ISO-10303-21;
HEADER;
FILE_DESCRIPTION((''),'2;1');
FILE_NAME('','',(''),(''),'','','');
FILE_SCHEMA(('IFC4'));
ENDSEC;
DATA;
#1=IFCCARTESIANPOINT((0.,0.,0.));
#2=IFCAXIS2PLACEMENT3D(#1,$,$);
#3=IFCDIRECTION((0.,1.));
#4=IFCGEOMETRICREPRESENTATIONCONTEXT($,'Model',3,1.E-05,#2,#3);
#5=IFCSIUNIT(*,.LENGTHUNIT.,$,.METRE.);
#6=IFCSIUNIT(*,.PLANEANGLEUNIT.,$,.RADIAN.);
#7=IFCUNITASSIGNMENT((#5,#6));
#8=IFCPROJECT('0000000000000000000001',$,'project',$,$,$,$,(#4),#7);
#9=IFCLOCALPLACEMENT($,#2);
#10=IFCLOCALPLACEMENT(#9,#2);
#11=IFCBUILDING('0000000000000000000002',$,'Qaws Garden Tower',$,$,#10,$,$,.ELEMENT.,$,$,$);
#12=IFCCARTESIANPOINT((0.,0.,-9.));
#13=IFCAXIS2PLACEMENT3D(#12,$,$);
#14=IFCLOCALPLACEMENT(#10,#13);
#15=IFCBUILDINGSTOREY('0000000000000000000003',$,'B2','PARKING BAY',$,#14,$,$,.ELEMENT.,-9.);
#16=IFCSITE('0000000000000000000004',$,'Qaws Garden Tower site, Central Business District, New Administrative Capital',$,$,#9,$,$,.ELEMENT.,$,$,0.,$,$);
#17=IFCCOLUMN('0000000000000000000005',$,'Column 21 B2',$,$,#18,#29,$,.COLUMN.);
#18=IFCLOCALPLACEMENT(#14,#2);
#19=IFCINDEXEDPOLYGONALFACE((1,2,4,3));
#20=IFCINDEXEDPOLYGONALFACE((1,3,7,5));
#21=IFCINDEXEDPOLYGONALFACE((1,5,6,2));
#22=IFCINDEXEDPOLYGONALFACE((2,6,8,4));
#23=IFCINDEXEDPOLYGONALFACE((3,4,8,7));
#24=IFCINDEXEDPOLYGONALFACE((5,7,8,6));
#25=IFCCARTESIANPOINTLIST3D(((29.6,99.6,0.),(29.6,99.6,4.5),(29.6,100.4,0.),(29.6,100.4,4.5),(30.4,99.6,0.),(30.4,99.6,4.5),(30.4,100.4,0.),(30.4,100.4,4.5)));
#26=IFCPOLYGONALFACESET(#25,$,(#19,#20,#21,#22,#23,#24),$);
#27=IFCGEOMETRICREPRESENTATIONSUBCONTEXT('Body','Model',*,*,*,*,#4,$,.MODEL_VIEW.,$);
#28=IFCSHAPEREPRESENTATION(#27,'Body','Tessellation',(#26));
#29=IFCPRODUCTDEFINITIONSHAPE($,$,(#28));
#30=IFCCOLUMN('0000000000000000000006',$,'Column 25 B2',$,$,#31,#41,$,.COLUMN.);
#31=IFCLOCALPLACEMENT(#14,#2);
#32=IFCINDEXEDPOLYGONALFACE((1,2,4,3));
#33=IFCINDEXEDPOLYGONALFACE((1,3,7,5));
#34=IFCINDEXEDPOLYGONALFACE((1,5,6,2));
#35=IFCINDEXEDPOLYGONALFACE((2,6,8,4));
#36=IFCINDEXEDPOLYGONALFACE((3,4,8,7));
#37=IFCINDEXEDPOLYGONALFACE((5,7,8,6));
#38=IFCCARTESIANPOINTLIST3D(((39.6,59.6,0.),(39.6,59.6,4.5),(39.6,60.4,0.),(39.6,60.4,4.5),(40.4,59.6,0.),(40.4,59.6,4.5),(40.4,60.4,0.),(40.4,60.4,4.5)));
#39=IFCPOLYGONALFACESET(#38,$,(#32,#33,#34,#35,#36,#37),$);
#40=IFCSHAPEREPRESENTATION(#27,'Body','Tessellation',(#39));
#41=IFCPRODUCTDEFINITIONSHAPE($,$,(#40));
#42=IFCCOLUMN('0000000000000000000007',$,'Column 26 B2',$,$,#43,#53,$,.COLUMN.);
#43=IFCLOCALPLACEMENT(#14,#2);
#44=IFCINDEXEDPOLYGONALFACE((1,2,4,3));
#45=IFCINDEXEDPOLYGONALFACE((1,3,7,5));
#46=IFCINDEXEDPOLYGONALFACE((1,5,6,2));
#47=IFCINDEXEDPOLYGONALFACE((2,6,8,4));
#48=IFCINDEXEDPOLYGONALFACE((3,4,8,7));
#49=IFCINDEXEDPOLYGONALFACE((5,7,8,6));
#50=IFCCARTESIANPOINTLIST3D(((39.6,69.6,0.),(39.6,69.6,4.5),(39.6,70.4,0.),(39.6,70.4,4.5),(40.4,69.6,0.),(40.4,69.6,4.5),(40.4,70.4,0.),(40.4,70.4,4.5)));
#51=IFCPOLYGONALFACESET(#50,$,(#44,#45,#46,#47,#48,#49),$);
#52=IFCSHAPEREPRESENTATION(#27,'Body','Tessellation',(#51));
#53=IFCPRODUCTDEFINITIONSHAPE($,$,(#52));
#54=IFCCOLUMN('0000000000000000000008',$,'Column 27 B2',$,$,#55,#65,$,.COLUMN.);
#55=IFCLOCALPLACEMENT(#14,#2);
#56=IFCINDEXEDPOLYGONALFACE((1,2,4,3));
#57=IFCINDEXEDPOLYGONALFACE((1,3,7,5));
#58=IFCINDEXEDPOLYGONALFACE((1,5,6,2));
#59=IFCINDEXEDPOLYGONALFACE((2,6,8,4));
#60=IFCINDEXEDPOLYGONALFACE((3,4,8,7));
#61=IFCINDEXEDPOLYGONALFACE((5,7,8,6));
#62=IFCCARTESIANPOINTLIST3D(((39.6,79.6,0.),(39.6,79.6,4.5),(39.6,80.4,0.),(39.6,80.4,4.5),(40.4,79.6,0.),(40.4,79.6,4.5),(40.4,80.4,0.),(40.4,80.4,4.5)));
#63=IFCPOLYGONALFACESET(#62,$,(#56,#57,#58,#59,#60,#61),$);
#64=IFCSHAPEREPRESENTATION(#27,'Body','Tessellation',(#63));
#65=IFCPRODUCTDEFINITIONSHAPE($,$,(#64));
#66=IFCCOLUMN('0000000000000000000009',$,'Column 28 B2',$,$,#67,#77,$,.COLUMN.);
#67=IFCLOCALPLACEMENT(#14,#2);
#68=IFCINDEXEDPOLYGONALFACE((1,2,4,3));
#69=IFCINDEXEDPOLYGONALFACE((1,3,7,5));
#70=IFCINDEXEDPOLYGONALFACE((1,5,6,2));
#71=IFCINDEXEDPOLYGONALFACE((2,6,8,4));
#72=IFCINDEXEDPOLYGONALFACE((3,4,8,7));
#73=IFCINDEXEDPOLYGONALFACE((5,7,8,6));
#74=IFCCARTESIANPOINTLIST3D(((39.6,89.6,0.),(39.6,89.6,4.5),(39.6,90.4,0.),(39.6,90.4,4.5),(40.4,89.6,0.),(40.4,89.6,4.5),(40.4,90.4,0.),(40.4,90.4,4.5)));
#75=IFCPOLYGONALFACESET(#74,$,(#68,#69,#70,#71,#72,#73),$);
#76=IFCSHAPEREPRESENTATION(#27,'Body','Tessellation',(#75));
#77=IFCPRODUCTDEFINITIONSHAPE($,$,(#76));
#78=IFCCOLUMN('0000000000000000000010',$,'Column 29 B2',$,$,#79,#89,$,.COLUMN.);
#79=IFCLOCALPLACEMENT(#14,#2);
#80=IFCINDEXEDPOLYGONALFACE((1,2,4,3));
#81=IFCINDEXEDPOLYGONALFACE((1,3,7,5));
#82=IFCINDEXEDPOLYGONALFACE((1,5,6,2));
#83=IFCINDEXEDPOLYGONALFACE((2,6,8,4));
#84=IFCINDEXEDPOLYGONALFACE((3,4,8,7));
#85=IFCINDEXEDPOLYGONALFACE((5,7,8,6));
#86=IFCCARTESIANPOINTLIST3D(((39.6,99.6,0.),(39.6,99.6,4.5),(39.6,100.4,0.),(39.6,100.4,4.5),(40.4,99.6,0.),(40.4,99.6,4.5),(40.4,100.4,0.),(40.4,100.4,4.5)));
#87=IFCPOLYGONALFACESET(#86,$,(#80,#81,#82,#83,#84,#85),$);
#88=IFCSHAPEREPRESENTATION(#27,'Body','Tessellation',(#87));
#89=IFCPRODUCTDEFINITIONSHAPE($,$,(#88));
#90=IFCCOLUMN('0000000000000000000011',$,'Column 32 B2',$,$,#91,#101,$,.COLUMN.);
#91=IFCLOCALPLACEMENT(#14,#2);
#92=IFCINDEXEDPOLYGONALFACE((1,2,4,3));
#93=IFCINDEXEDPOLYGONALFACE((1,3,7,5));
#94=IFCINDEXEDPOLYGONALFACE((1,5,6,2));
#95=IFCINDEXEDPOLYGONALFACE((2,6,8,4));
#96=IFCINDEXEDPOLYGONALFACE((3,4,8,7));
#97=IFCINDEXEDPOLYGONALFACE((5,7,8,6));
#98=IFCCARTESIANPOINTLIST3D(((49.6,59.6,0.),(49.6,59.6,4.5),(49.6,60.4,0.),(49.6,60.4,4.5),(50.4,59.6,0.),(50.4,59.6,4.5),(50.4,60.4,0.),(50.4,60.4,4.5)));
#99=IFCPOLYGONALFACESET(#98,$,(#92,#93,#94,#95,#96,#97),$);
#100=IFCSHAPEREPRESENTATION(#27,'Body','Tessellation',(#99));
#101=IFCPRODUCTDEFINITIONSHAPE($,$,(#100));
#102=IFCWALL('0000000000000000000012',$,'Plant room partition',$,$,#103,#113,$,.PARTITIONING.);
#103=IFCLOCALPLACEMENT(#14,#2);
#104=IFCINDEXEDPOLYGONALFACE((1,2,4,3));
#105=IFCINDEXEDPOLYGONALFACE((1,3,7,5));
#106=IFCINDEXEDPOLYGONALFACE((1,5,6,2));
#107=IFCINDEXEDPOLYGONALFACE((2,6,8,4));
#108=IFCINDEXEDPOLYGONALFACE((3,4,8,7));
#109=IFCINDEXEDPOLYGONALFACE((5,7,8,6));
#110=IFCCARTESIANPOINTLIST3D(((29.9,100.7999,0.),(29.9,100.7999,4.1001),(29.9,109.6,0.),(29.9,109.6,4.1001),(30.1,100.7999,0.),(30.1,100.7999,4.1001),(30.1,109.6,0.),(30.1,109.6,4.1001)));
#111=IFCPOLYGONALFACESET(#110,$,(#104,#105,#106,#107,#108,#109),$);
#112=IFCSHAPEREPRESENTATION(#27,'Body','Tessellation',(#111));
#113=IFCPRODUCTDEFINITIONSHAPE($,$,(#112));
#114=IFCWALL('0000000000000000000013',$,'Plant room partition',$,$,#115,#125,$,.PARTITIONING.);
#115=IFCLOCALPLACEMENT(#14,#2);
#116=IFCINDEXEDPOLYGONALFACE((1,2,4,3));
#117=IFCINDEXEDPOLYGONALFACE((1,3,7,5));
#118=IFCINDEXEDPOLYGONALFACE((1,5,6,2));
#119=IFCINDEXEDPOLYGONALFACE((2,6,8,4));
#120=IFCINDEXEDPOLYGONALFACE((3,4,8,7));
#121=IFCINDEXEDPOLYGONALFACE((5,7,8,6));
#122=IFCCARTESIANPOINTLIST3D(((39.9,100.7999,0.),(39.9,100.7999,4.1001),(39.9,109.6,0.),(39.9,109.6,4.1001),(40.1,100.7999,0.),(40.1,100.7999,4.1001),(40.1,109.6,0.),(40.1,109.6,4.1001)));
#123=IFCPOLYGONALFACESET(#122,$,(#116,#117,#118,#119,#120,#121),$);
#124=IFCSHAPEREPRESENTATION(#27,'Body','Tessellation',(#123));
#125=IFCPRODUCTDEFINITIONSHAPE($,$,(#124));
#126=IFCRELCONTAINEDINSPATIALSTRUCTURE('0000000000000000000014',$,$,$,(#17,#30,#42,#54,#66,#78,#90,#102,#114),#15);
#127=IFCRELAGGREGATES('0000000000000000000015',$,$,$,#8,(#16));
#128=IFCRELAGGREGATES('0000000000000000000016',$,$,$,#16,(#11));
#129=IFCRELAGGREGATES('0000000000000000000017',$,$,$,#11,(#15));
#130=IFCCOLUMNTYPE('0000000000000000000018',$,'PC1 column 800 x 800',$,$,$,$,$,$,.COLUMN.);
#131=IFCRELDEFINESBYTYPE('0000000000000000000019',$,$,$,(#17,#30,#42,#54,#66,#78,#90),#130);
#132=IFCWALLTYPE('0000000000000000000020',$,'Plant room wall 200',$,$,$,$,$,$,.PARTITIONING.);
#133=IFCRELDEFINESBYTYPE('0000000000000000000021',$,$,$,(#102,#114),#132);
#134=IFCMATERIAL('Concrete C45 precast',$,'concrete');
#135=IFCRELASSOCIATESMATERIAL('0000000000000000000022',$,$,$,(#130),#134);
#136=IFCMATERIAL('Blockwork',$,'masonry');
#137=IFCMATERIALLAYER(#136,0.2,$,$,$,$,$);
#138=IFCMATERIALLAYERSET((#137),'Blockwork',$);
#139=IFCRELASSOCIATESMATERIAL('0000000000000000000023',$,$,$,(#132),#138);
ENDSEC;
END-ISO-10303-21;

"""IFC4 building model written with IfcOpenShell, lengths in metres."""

from ifc_helpers import new_model, si_unit, direction, frame, frame_2d, origin, origin_2d, place, context, subcontext, project, spatial, rectangle, extrude, material, layer, layer_set, material_profile, profile_set, type_object, element, save


model = new_model("IFC4")

# Units and contexts
model_context = context("Model", 3, precision=1e-05, world=origin(), true_north=direction((0.0, 1.0)))
body_context = subcontext(model_context, "Body", "Model", "MODEL_VIEW")
ifc_project = project(units=[si_unit("LENGTHUNIT", "METRE"), si_unit("PLANEANGLEUNIT", "RADIAN")], contexts=[model_context])

# Site, building, storey
site_placement = place(None, origin())
site = spatial("IfcSite", under=ifc_project, at=site_placement, Name="Qaws Garden Tower site, Central Business District, New Administrative Capital", CompositionType="ELEMENT", RefElevation=0.0)
building_placement = place(site_placement, origin())
building = spatial("IfcBuilding", under=site, at=building_placement, Name="Qaws Garden Tower", CompositionType="ELEMENT")
storey_placement = place(building_placement, frame((0.0, 0.0, -9.0)))
storey = spatial("IfcBuildingStorey", under=building, at=storey_placement, Name="B2", Description="PARKING BAY", CompositionType="ELEMENT", Elevation=-9.0)

# Columns
ifc_material_1 = material(Name="Concrete C45 precast", Category="concrete")
ifc_material_profile_1 = material_profile(ifc_material_1, rectangle(XDim=0.8, YDim=0.8, at=origin_2d()), Name="PC1 column 800 x 800")
ifc_profile_set_1 = profile_set([ifc_material_profile_1], Name="Concrete C45 precast")
column_type_1 = type_object("IfcColumnType", Name="PC1 column 800 x 800", PredefinedType="COLUMN", material=ifc_profile_set_1)
for number, where, z_axis, x_axis, name in (
    (1, (30.0, 100.0, 0.0), (0.0, 0.0, 1.0), (1.0, 0.0, 0.0), "Column 21 B2"),
    (2, (40.0, 60.0, 0.0), (0.0, 0.0, 1.0), (1.0, 0.0, 0.0), "Column 25 B2"),
    (3, (40.0, 70.0, 0.0), (0.0, 0.0, 1.0), (1.0, 0.0, 0.0), "Column 26 B2"),
    (4, (40.0, 80.0, 0.0), (0.0, 0.0, 1.0), (1.0, 0.0, 0.0), "Column 27 B2"),
    (5, (40.0, 90.0, 0.0), (0.0, 0.0, 1.0), (1.0, 0.0, 0.0), "Column 28 B2"),
    (6, (40.0, 100.0, 0.0), (0.0, 0.0, 1.0), (1.0, 0.0, 0.0), "Column 29 B2"),
    (7, (50.0, 60.0, 0.0), (0.0, 0.0, 1.0), (1.0, 0.0, 0.0), "Column 32 B2"),
):
    element("IfcColumn", number, at=place(storey_placement, frame(where, z_axis=z_axis, x_axis=x_axis)), inside=storey, type_object=column_type_1, Name=name, PredefinedType="COLUMN", context=body_context, shape_type="SweptSolid", body=[
        extrude(rectangle(XDim=0.8, YDim=0.8, at=origin_2d()), origin(), (0.0, 0.0, 1.0), 4.5),
    ])

# Walls
ifc_material_2 = material(Name="Blockwork", Category="masonry")
ifc_layer = layer(ifc_material_2, 0.2)
ifc_layer_set = layer_set([ifc_layer], Name="Blockwork")
wall_type = type_object("IfcWallType", Name="Plant room wall 200", PredefinedType="PARTITIONING", material=ifc_layer_set)
for number, where, z_axis, x_axis, name in (
    (8, (30.0, 100.8, 0.0), (0.0, 0.0, 1.0), (0.0, 1.0, 0.0), "Plant room partition"),
    (9, (40.0, 100.8, 0.0), (0.0, 0.0, 1.0), (0.0, 1.0, 0.0), "Plant room partition"),
):
    element("IfcWall", number, at=place(storey_placement, frame(where, z_axis=z_axis, x_axis=x_axis)), inside=storey, type_object=wall_type, Name=name, PredefinedType="PARTITIONING", context=body_context, shape_type="SweptSolid", body=[
        extrude(rectangle(XDim=8.8, YDim=0.2, at=frame_2d((4.3999, 0.0))), origin(), (0.0, 0.0, 1.0), 4.1001),
    ])

save(model, "model.ifc")
